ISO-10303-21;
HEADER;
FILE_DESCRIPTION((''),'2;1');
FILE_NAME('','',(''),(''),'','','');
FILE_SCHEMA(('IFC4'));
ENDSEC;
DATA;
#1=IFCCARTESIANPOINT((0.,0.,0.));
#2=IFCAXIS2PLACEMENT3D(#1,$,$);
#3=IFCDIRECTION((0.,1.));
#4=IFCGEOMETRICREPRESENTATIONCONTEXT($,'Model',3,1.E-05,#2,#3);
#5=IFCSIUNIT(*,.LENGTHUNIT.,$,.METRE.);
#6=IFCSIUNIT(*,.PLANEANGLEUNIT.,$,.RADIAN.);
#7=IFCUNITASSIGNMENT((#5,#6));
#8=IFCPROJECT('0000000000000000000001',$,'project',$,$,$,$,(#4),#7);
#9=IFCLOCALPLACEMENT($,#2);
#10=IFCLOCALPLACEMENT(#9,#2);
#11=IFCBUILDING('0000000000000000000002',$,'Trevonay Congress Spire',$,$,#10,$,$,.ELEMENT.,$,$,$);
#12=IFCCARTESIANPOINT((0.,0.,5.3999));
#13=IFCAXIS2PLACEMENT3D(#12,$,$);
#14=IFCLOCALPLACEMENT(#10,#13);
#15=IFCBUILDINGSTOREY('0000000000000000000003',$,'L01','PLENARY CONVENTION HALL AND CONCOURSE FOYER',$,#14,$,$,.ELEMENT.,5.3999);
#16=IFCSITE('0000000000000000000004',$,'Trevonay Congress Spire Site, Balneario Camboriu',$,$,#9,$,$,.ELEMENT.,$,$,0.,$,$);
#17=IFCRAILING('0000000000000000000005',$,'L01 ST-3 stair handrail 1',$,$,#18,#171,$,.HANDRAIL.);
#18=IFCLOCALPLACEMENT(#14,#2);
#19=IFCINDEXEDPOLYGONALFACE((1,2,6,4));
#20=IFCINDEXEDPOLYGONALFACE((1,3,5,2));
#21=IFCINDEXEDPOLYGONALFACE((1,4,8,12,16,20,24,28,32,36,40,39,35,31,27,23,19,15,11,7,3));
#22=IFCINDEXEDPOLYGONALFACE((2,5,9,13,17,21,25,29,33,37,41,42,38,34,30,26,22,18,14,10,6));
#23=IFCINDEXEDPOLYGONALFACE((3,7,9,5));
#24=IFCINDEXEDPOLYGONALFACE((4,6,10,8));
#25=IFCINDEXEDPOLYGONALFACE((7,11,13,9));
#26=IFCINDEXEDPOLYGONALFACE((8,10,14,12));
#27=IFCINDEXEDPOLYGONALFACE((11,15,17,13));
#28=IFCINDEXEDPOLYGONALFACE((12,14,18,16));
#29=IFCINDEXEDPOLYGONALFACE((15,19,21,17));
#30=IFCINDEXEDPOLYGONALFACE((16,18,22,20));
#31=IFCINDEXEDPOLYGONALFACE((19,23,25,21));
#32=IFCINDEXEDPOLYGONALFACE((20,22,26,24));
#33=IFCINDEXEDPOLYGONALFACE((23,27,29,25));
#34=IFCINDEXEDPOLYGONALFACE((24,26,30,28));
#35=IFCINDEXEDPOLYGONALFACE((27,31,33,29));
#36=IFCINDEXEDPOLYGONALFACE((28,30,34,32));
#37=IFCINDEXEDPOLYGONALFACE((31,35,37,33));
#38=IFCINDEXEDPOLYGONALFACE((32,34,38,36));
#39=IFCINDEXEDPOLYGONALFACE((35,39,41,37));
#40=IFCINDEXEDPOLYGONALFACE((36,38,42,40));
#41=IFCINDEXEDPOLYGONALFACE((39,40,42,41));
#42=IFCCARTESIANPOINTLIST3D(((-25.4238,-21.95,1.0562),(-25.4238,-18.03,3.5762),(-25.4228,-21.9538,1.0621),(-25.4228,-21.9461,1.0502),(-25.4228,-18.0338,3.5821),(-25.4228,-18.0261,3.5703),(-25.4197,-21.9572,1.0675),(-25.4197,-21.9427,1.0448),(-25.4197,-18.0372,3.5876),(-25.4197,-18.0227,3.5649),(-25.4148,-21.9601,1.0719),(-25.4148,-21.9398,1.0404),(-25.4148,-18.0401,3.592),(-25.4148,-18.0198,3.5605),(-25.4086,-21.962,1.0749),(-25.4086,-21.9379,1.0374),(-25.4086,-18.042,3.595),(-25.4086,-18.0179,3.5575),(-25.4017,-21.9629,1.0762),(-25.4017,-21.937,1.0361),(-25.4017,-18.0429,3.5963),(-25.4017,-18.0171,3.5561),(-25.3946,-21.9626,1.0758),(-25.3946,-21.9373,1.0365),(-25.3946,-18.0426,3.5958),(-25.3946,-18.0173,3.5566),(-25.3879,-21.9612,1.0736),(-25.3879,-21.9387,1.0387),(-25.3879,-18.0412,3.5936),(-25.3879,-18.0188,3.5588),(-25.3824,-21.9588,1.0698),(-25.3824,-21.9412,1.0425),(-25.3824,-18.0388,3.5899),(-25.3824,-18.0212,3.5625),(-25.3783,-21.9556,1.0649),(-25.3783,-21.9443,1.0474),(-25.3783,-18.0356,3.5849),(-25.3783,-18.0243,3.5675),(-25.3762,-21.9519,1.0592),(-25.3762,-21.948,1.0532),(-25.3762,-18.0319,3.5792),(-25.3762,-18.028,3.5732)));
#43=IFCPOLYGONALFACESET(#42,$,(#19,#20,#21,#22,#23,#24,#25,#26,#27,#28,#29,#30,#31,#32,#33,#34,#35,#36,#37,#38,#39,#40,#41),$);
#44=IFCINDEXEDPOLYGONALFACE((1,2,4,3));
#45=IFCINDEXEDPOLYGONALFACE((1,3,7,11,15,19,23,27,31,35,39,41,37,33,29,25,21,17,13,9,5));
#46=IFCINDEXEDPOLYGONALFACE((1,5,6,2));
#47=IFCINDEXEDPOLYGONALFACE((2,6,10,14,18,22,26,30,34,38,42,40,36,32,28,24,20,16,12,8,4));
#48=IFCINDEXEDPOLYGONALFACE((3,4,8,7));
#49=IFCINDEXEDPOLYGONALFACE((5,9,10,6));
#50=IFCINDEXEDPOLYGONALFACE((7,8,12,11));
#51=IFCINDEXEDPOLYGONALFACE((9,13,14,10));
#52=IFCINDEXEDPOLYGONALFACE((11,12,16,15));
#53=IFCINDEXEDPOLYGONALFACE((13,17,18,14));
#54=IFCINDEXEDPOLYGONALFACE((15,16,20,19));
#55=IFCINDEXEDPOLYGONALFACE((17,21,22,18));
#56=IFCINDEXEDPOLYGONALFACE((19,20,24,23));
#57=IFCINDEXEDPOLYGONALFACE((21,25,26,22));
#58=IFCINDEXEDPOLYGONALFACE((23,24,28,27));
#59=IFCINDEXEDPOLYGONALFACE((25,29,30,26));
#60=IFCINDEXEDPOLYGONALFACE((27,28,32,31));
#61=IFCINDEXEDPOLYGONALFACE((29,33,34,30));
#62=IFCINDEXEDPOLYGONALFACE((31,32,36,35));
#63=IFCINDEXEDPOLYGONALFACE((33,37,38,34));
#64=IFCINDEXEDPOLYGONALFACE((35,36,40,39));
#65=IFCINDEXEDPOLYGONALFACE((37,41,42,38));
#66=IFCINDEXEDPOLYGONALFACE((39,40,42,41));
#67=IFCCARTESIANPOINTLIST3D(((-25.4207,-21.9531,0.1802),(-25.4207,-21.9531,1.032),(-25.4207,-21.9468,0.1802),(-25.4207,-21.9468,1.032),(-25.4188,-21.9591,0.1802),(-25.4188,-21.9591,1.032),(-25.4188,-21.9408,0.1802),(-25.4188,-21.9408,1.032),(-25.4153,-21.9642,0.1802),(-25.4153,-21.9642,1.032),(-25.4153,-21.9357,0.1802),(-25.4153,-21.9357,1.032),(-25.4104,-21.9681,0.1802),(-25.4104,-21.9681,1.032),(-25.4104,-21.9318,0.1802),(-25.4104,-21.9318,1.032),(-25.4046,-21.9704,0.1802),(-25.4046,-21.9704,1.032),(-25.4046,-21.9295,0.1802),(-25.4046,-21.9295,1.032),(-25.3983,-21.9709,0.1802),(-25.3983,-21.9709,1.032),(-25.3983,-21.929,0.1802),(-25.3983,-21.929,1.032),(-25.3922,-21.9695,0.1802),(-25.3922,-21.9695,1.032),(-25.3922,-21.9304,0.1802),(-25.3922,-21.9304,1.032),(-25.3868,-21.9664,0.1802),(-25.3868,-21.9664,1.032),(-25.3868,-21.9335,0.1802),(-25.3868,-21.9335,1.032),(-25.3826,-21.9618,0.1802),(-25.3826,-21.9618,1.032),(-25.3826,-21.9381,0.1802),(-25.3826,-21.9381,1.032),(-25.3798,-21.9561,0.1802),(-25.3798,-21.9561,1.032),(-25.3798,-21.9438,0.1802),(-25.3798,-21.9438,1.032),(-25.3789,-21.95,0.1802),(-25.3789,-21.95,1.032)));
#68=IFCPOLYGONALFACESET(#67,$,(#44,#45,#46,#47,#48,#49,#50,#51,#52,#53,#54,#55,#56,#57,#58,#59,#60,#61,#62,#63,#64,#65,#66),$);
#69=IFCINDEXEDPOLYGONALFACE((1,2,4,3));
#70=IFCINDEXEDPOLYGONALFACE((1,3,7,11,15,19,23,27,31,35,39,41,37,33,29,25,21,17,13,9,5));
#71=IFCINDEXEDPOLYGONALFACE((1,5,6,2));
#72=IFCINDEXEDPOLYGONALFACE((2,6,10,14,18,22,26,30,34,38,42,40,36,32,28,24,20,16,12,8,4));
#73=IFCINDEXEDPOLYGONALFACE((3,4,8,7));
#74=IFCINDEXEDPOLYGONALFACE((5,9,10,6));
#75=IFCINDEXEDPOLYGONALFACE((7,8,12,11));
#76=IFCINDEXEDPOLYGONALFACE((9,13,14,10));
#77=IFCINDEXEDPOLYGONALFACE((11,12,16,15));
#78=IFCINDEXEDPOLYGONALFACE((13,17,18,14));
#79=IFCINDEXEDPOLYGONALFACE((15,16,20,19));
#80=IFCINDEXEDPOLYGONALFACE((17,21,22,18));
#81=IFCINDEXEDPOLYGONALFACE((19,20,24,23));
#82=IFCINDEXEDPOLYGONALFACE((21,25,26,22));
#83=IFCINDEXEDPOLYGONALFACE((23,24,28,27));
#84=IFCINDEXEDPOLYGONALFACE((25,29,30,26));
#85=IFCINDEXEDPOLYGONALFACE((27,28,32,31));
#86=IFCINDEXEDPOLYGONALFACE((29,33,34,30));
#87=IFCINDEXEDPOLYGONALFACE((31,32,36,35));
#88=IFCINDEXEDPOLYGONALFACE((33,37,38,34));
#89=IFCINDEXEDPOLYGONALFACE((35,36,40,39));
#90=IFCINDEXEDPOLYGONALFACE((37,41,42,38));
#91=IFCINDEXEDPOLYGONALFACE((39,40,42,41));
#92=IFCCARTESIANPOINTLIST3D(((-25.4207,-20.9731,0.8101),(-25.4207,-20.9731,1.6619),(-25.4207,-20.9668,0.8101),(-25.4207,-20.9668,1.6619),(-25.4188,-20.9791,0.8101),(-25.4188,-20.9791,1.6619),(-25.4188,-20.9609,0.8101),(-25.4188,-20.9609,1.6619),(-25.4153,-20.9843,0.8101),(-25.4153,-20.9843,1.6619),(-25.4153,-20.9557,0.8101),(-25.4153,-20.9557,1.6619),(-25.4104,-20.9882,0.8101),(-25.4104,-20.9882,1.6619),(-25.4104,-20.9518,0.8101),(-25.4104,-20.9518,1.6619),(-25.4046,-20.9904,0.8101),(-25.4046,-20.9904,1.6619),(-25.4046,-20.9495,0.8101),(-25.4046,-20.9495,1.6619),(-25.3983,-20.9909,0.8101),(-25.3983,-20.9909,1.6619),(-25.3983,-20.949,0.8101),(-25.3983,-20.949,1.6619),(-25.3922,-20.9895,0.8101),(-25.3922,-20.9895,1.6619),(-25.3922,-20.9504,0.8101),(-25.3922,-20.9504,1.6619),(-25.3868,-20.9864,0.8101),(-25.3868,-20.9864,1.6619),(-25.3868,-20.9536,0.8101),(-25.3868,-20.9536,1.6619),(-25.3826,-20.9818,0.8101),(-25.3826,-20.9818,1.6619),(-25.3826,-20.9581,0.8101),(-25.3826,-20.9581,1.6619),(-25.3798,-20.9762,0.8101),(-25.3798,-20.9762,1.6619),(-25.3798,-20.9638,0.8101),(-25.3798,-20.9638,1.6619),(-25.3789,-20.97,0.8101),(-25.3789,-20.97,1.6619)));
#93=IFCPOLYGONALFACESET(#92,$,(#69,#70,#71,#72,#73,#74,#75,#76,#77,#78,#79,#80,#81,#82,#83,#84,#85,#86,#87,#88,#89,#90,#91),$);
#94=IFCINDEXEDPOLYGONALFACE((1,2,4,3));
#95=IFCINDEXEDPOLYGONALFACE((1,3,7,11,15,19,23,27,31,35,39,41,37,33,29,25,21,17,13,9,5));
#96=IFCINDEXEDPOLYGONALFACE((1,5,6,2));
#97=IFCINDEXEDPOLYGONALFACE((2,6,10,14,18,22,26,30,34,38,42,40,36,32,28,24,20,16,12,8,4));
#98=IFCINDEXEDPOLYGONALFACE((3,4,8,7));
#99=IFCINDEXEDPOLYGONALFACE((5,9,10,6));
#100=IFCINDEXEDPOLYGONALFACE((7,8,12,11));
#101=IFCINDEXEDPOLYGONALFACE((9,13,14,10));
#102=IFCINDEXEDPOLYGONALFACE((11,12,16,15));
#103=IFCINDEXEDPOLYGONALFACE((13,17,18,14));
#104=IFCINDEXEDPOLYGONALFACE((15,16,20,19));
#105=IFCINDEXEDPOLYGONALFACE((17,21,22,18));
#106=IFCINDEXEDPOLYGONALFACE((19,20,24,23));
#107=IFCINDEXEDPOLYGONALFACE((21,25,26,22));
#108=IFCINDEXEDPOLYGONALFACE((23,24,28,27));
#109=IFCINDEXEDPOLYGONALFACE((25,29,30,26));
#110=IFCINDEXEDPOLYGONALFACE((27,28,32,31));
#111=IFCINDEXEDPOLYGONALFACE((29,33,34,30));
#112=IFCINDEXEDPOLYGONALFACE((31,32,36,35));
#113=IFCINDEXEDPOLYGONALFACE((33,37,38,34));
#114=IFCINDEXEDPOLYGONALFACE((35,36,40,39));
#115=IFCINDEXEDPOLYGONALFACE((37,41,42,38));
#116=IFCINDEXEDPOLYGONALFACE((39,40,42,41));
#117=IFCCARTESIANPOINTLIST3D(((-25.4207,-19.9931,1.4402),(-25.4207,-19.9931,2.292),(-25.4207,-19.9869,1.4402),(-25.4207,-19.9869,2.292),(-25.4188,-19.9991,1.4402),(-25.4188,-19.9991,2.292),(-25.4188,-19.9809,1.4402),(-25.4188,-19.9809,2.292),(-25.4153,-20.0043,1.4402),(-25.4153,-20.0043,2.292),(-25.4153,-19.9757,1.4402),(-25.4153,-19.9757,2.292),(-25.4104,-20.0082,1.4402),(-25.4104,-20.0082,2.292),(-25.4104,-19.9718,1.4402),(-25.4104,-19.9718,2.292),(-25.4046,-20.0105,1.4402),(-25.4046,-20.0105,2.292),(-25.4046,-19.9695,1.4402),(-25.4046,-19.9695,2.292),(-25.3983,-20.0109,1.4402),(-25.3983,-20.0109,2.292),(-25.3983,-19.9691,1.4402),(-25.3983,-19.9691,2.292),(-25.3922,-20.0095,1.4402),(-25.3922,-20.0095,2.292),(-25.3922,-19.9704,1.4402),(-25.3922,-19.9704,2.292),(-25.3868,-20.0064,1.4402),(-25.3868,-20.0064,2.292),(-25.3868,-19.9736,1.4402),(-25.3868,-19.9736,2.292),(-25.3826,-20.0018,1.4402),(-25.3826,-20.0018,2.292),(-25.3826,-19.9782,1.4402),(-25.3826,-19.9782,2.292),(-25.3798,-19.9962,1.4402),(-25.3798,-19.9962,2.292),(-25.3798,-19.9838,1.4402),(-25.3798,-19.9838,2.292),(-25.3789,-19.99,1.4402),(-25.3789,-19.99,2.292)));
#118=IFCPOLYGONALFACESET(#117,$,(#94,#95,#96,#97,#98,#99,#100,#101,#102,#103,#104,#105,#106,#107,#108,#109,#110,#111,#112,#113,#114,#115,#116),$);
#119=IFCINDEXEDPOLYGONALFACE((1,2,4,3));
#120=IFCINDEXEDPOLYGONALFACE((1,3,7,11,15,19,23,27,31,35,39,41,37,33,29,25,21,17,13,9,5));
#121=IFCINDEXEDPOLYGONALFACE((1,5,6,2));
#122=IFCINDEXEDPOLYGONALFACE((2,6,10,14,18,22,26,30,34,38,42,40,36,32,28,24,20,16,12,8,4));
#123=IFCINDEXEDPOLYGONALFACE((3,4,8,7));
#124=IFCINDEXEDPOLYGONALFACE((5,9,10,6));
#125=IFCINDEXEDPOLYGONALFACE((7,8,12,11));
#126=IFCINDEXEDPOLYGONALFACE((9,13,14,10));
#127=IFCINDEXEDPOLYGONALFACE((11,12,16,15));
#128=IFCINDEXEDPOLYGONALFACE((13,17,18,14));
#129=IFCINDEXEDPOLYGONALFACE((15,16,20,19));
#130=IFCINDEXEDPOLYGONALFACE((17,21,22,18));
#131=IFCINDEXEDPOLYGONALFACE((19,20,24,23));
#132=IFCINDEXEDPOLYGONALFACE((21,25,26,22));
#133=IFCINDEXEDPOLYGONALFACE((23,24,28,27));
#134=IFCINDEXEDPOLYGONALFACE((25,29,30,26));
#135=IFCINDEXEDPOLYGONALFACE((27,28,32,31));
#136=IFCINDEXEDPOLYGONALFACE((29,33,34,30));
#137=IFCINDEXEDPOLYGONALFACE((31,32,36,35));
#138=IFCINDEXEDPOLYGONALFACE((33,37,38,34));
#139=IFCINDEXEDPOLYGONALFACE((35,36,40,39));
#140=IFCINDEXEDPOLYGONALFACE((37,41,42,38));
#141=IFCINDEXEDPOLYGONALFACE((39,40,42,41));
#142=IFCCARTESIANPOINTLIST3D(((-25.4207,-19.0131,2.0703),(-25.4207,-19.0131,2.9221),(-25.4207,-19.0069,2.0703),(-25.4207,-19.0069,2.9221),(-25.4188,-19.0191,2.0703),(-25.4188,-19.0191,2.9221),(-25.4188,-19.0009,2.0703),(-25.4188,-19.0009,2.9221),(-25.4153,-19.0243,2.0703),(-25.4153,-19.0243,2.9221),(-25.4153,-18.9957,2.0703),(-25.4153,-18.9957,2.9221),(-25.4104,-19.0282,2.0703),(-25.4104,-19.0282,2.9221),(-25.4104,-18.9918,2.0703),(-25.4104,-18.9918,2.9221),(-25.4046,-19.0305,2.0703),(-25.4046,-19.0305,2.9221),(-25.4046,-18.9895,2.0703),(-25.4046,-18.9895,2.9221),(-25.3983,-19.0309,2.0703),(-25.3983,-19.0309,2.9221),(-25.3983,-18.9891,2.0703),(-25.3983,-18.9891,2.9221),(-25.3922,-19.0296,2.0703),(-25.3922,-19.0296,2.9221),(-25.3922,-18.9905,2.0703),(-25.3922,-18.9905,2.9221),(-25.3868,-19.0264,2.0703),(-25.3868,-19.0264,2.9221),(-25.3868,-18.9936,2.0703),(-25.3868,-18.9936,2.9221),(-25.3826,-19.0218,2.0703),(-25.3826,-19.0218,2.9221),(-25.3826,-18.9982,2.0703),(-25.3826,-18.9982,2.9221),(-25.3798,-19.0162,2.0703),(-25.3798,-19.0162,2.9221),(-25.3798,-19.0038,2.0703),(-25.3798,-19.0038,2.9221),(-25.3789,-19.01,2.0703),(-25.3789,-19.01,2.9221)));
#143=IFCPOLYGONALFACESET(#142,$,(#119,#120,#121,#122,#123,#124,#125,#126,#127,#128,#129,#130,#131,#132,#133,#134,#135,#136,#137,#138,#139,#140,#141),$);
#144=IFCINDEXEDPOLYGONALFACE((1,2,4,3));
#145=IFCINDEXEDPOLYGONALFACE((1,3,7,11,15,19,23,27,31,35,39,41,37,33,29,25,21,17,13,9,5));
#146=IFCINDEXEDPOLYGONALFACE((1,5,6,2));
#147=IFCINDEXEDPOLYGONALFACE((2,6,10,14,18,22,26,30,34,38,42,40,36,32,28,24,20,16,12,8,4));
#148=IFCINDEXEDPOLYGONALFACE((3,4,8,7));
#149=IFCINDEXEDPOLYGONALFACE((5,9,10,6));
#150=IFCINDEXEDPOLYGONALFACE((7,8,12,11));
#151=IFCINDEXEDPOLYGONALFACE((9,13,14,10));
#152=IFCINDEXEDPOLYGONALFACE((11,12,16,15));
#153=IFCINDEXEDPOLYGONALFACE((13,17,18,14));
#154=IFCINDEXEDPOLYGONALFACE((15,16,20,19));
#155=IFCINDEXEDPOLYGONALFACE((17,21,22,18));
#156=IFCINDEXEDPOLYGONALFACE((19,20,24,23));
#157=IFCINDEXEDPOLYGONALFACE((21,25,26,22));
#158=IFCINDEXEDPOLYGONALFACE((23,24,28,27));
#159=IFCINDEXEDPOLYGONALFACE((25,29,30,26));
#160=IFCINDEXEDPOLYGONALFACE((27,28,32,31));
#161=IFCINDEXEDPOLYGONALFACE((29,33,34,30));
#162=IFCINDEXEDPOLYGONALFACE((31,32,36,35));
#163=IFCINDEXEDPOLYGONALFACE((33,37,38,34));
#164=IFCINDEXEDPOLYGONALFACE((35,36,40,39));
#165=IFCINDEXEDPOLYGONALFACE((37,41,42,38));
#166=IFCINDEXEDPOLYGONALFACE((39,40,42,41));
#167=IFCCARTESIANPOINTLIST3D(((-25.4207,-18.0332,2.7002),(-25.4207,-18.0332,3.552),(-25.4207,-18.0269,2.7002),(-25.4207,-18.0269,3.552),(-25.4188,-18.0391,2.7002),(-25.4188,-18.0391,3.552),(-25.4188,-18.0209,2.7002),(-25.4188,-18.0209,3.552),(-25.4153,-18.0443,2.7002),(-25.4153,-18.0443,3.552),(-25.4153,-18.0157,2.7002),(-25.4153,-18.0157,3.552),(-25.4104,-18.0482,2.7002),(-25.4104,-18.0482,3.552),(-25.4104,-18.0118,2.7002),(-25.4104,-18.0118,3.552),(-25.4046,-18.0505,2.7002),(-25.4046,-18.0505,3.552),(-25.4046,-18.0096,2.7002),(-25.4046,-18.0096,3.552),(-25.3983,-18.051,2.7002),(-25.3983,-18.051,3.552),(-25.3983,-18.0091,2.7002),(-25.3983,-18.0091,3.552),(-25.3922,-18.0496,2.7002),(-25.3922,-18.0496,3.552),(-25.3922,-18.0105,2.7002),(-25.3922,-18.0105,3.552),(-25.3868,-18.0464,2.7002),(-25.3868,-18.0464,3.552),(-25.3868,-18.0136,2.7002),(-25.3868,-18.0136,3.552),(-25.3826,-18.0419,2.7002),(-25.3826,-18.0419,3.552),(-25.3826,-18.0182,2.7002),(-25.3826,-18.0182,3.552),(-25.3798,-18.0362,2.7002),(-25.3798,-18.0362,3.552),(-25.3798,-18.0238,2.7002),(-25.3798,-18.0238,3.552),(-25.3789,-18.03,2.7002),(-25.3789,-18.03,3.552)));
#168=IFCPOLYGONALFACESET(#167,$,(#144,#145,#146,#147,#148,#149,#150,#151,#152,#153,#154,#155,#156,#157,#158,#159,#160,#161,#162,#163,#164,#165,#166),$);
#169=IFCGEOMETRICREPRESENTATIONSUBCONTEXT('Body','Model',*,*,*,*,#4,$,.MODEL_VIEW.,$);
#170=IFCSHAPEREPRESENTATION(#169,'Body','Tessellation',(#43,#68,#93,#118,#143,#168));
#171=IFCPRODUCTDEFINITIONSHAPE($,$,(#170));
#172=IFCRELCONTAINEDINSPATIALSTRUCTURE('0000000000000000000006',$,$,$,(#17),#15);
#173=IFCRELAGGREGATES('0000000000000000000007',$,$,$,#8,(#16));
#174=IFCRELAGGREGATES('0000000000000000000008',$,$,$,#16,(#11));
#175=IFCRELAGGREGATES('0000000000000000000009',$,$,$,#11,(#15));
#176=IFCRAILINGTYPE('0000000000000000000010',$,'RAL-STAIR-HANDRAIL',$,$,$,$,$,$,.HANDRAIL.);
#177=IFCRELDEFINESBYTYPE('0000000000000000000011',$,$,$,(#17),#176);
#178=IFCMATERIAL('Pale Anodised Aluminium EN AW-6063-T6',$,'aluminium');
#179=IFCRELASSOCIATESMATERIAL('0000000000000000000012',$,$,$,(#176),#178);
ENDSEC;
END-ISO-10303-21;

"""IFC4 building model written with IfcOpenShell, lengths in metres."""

from ifc_helpers import new_model, si_unit, direction, frame, origin, origin_2d, place, context, subcontext, project, spatial, circle, extrude, material, type_object, element, save


model = new_model("IFC4")

# Units and contexts
model_context = context("Model", 3, precision=1e-05, world=origin(), true_north=direction((0.0, 1.0)))
body_context = subcontext(model_context, "Body", "Model", "MODEL_VIEW")
ifc_project = project(units=[si_unit("LENGTHUNIT", "METRE"), si_unit("PLANEANGLEUNIT", "RADIAN")], contexts=[model_context])

# Site, building, storey
site_placement = place(None, origin())
site = spatial("IfcSite", under=ifc_project, at=site_placement, Name="Trevonay Congress Spire Site, Balneario Camboriu", CompositionType="ELEMENT", RefElevation=0.0)
building_placement = place(site_placement, origin())
building = spatial("IfcBuilding", under=site, at=building_placement, Name="Trevonay Congress Spire", CompositionType="ELEMENT")
storey_placement = place(building_placement, frame((0.0, 0.0, 5.3999)))
storey = spatial("IfcBuildingStorey", under=building, at=storey_placement, Name="L01", Description="PLENARY CONVENTION HALL AND CONCOURSE FOYER", CompositionType="ELEMENT", Elevation=5.3999)

# Shared definitions
ifc_material_1 = material(Name="Pale Anodised Aluminium EN AW-6063-T6", Category="aluminium")

# Railing
railing_type_1 = type_object("IfcRailingType", Name="RAL-STAIR-HANDRAIL", PredefinedType="HANDRAIL", material=ifc_material_1)
railing_1_placement = place(storey_placement, frame((-25.3999, -21.95, 0.1802)))
element("IfcRailing", 1, at=railing_1_placement, inside=storey, type_object=railing_type_1, Name="L01 ST-3 stair handrail 1", PredefinedType="HANDRAIL", context=body_context, shape_type="SweptSolid", body=[
    extrude(circle(Radius=0.0239, at=origin_2d()), frame((0.0, 0.0, 0.876), z_axis=(0.0, 0.841172, 0.540768), x_axis=(-1.0, 0.0, 0.0)), (0.0, 0.0, 1.0), 4.6602),
    extrude(circle(Radius=0.021, at=origin_2d()), origin(), (0.0, 0.0, 1.0), 0.8518),
    extrude(circle(Radius=0.021, at=origin_2d()), frame((0.0, 0.98, 0.6299)), (0.0, 0.0, 1.0), 0.8518),
    extrude(circle(Radius=0.021, at=origin_2d()), frame((0.0, 1.96, 1.26)), (0.0, 0.0, 1.0), 0.8518),
    extrude(circle(Radius=0.021, at=origin_2d()), frame((0.0, 2.9399, 1.8901)), (0.0, 0.0, 1.0), 0.8518),
    extrude(circle(Radius=0.021, at=origin_2d()), frame((0.0, 3.9199, 2.52)), (0.0, 0.0, 1.0), 0.8518),
])

save(model, "model.ifc")
